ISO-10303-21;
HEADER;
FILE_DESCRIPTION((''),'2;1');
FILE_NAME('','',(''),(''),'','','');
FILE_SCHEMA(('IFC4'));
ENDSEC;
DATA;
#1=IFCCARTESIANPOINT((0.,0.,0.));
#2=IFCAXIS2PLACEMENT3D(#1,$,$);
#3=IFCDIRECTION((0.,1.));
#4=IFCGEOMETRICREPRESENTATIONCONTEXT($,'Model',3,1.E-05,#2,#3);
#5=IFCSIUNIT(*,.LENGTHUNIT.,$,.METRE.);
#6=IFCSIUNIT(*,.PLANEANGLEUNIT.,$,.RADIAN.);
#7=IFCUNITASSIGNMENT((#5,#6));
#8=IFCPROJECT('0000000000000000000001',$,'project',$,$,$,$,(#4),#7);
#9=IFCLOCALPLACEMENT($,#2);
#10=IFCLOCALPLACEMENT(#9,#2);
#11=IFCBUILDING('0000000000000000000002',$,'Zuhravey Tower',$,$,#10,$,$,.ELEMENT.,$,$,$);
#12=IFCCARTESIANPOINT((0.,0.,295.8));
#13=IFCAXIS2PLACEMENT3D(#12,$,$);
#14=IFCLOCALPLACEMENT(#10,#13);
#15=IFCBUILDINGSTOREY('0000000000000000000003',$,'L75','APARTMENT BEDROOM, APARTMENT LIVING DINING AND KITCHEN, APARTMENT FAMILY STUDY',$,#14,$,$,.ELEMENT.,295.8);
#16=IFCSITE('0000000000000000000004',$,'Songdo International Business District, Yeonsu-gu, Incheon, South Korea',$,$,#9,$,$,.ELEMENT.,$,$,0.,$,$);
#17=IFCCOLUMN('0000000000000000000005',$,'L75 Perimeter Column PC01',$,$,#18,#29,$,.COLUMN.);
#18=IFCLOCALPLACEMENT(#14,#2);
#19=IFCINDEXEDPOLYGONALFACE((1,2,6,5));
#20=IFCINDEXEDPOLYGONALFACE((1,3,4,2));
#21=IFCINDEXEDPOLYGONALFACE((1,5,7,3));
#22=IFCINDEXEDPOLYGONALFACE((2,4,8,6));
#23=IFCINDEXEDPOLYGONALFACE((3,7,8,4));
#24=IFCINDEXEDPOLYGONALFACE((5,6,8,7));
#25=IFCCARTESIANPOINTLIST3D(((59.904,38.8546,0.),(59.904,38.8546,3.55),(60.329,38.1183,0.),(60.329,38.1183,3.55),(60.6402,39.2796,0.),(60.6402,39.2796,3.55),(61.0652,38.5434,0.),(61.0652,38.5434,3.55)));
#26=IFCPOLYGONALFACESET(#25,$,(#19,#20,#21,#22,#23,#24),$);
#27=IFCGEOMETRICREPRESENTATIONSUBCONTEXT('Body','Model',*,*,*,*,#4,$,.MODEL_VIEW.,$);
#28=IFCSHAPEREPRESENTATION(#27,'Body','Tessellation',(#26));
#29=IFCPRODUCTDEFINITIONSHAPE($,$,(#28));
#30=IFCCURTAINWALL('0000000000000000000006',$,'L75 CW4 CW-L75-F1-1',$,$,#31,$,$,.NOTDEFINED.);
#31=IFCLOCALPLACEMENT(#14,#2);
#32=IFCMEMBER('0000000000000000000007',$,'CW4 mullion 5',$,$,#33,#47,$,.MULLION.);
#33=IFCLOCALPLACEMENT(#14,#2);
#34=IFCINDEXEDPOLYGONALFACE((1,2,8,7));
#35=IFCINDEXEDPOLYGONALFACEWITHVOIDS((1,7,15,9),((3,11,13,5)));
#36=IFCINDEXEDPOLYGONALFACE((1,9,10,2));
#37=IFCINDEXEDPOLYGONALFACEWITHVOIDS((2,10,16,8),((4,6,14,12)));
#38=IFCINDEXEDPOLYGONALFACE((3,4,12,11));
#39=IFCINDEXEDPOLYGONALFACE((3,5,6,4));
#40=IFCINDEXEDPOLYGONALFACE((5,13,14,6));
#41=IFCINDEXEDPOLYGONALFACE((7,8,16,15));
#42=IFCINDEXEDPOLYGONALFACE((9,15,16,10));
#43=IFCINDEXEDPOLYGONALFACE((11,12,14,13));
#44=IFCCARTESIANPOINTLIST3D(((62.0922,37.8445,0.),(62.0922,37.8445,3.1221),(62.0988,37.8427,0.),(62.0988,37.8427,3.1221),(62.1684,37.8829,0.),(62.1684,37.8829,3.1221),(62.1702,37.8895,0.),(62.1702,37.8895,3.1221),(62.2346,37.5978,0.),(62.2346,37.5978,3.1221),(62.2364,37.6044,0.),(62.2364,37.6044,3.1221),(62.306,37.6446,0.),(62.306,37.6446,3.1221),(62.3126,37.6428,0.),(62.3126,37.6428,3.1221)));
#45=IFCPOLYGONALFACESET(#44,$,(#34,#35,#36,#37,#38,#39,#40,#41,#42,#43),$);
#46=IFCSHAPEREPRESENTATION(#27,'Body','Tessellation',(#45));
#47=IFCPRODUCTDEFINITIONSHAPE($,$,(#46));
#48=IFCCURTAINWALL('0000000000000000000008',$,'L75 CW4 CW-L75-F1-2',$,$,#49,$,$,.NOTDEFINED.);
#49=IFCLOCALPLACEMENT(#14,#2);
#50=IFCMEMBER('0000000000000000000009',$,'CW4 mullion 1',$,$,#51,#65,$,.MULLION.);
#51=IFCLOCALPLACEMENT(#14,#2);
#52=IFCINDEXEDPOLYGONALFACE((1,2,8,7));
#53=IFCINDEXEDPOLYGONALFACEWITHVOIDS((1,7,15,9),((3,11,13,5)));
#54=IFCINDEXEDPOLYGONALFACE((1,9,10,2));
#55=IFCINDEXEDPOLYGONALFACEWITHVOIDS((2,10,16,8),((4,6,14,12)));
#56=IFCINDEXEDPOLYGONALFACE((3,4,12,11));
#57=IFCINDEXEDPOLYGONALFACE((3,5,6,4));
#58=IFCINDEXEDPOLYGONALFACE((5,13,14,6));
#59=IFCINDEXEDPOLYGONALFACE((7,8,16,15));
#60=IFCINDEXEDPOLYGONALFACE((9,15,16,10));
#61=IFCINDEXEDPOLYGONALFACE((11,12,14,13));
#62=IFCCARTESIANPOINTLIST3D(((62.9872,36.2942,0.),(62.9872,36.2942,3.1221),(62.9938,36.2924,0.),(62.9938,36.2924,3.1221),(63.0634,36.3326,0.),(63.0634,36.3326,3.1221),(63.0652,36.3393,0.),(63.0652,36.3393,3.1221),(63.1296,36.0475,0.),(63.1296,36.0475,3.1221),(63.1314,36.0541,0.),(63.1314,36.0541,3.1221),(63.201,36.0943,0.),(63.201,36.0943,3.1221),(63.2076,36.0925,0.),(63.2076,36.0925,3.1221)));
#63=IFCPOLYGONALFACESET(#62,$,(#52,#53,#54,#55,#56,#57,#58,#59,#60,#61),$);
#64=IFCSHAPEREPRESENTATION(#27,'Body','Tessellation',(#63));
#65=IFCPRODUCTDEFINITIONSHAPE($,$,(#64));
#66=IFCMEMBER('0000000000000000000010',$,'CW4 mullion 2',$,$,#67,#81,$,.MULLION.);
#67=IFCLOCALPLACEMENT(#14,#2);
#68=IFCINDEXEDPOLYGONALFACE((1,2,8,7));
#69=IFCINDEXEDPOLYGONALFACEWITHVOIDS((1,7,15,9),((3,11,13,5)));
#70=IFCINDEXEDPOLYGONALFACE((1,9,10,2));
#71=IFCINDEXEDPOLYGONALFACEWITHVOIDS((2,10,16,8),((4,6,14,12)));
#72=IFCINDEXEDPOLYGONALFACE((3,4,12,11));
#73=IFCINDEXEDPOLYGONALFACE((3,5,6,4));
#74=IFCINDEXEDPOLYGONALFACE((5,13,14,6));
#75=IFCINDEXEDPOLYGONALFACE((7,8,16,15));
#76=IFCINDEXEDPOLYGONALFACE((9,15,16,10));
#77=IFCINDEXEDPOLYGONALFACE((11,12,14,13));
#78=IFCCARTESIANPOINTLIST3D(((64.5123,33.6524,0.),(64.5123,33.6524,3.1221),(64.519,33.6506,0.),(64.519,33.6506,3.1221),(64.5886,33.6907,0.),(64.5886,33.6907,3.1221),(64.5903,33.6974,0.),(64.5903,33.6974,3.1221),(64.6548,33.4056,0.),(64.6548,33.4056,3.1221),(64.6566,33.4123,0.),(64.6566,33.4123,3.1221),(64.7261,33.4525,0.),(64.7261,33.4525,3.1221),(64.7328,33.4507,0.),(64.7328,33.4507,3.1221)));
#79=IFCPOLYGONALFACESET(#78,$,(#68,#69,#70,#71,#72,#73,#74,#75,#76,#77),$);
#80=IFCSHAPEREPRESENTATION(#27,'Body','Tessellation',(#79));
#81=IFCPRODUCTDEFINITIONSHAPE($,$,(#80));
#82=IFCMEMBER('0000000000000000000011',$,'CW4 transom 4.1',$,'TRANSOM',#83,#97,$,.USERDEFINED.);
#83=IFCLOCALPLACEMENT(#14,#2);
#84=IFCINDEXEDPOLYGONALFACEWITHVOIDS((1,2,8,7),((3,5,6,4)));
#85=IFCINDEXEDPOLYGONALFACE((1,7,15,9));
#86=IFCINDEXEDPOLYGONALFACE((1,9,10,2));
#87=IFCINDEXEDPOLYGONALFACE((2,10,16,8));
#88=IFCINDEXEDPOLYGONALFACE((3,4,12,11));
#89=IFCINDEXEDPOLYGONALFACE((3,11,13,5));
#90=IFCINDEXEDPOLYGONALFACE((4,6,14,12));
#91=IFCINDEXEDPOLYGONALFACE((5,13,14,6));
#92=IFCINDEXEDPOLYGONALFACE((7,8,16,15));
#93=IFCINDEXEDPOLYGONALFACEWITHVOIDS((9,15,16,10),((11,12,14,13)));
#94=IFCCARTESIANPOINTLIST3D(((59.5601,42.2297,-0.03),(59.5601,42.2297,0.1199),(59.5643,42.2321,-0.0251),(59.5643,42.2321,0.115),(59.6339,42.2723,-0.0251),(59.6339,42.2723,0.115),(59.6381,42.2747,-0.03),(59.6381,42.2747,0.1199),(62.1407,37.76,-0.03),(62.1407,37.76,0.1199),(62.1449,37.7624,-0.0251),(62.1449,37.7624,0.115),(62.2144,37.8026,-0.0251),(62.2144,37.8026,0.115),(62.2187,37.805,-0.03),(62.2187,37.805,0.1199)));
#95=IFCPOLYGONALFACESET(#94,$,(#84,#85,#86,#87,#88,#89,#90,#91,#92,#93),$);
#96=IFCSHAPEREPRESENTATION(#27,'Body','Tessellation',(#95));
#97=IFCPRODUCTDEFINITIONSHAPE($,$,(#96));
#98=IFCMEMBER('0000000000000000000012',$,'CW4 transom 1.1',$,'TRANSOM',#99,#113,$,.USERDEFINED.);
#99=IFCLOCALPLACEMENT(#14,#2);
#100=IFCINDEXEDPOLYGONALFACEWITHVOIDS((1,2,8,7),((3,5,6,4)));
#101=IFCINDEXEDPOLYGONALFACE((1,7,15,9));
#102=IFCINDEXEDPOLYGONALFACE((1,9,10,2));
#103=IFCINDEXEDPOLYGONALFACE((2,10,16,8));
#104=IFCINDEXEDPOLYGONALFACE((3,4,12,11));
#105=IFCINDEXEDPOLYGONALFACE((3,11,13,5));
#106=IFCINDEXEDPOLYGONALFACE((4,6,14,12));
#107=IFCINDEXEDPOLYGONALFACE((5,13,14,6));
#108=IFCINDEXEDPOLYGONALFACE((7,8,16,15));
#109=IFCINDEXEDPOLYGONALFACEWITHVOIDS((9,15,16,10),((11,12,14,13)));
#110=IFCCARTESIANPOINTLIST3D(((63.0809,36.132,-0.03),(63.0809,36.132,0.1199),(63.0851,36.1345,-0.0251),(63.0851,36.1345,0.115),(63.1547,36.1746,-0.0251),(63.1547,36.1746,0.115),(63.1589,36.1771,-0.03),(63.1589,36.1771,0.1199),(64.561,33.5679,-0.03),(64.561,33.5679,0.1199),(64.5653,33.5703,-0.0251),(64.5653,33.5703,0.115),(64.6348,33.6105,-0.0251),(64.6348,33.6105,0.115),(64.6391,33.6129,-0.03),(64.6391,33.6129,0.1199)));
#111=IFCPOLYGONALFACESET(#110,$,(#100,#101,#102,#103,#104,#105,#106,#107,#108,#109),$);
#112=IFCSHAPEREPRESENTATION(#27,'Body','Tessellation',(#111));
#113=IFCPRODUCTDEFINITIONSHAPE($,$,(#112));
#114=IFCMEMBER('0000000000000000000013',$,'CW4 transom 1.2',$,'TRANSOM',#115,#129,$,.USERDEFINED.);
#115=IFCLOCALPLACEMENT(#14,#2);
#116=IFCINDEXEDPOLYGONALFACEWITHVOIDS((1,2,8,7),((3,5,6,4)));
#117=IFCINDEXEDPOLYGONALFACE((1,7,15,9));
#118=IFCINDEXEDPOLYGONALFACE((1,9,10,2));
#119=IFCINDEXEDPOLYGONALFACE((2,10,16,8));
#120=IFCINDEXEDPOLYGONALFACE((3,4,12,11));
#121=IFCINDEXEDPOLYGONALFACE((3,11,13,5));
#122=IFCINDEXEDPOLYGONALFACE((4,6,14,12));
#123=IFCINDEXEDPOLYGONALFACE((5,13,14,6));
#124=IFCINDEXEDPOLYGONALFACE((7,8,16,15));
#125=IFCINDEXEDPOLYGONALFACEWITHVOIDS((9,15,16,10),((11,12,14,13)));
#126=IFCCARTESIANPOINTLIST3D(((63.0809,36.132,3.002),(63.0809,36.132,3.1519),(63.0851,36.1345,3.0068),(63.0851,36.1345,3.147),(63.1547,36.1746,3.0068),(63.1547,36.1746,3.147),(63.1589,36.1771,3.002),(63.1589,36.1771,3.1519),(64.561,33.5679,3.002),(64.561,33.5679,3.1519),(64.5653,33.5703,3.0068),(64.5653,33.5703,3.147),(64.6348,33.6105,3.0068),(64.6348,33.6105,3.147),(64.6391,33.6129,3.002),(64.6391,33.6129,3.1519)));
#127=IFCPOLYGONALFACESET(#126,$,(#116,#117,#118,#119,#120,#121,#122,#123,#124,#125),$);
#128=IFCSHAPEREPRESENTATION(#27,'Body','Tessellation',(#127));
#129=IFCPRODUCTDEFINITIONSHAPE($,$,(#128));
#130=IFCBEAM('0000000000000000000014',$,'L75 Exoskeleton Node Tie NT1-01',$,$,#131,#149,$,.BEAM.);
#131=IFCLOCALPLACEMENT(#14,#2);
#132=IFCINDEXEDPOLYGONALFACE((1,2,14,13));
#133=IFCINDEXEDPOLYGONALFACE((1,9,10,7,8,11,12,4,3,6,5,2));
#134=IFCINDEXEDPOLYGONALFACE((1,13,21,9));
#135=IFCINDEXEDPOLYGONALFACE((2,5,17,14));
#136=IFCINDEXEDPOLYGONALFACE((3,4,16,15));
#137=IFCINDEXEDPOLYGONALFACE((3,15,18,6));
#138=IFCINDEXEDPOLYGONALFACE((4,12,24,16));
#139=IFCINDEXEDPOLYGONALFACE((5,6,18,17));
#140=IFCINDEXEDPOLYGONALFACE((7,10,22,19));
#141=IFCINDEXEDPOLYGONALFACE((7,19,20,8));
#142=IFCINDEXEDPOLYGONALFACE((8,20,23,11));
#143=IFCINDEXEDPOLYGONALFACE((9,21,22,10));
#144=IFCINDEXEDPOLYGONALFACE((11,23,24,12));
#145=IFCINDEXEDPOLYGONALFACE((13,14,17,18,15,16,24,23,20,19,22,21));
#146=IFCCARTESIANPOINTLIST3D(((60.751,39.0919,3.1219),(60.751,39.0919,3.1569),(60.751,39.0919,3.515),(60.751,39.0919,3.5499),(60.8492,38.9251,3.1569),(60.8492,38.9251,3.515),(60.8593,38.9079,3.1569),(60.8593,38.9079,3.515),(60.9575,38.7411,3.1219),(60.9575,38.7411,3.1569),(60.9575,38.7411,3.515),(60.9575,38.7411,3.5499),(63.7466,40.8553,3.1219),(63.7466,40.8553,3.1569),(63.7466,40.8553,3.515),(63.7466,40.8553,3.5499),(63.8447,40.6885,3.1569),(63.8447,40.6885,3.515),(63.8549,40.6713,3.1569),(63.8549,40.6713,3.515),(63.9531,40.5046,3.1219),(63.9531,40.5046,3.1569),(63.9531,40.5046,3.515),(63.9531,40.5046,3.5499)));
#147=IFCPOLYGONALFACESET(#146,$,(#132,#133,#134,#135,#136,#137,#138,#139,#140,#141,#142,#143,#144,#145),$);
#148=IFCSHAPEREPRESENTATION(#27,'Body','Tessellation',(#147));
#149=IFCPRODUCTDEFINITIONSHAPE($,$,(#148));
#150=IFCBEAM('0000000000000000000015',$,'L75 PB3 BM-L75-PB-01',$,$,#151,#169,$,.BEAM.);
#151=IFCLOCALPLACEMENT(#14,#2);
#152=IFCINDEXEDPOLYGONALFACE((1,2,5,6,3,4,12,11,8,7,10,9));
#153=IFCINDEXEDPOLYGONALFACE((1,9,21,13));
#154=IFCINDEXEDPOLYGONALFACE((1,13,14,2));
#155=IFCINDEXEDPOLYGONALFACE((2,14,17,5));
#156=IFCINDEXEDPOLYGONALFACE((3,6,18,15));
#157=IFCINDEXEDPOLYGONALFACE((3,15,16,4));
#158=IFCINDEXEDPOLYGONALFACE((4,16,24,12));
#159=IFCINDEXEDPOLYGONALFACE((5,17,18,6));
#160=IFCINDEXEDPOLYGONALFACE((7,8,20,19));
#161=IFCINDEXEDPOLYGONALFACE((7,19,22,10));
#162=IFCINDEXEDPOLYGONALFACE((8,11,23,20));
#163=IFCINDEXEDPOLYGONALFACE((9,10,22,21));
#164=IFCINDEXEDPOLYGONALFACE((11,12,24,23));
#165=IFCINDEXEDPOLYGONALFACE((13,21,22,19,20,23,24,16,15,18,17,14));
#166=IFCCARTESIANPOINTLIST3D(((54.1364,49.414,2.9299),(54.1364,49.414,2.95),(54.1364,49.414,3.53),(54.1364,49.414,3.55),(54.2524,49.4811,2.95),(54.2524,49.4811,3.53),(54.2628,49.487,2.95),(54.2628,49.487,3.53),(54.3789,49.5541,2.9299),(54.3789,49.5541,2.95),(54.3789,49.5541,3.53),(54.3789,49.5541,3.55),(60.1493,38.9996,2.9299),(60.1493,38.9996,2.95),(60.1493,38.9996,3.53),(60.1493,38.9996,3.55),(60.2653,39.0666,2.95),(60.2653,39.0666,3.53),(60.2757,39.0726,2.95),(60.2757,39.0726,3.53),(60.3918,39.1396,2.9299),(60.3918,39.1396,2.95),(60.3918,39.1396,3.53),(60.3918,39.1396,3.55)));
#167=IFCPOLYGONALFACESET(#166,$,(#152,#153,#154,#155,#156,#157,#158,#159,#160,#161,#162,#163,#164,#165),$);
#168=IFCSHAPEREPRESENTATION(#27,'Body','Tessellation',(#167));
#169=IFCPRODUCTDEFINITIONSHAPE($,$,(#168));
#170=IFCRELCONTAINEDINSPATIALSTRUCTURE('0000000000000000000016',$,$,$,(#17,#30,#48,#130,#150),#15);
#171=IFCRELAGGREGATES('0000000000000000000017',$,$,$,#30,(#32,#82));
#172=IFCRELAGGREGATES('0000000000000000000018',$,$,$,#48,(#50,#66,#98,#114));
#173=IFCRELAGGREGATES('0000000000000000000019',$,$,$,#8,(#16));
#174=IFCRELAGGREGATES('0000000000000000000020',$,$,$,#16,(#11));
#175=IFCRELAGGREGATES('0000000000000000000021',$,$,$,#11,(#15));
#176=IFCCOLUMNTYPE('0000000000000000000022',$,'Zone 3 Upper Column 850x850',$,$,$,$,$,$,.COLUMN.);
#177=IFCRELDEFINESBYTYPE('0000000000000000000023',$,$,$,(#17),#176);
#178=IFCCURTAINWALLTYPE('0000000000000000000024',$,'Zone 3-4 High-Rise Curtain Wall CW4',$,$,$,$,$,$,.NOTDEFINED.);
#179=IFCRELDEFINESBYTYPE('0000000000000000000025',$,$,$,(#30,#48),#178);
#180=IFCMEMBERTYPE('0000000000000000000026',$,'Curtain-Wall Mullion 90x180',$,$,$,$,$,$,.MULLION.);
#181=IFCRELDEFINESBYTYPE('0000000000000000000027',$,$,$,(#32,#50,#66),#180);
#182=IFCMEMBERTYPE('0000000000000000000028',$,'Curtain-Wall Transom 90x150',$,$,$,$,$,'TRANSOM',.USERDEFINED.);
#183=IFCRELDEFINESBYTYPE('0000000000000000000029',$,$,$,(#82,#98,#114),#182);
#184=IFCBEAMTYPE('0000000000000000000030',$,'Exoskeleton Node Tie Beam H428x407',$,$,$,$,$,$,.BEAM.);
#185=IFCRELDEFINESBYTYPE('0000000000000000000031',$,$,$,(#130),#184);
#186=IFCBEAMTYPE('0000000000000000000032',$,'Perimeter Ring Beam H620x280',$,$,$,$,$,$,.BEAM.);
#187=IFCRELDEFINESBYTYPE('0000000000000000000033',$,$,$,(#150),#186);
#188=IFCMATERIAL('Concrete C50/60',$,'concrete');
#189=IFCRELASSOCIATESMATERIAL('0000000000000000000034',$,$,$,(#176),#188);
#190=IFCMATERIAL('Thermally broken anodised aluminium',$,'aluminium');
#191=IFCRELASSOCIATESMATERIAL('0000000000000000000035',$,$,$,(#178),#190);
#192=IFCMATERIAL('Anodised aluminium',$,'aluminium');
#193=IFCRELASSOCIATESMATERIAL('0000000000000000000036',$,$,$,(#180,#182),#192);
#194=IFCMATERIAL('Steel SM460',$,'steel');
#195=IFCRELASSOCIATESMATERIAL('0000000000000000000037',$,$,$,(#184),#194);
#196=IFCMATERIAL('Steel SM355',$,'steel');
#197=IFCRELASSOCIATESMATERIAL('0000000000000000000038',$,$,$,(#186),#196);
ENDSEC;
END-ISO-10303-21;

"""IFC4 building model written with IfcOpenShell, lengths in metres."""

from ifc_helpers import new_model, si_unit, direction, frame, origin, origin_2d, place, context, subcontext, project, spatial, rectangle, hollow_rectangle, i_section, extrude, material, material_profile, profile_set, type_object, element, aggregate, save


model = new_model("IFC4")

# Units and contexts
model_context = context("Model", 3, precision=1e-05, world=origin(), true_north=direction((0.0, 1.0)))
body_context = subcontext(model_context, "Body", "Model", "MODEL_VIEW")
ifc_project = project(units=[si_unit("LENGTHUNIT", "METRE"), si_unit("PLANEANGLEUNIT", "RADIAN")], contexts=[model_context])

# Site, building, storey
site_placement = place(None, origin())
site = spatial("IfcSite", under=ifc_project, at=site_placement, Name="Songdo International Business District, Yeonsu-gu, Incheon, South Korea", CompositionType="ELEMENT", RefElevation=0.0)
building_placement = place(site_placement, origin())
building = spatial("IfcBuilding", under=site, at=building_placement, Name="Zuhravey Tower", CompositionType="ELEMENT")
storey_placement = place(building_placement, frame((0.0, 0.0, 295.8)))
storey = spatial("IfcBuildingStorey", under=building, at=storey_placement, Name="L75", Description="APARTMENT BEDROOM, APARTMENT LIVING DINING AND KITCHEN, APARTMENT FAMILY STUDY", CompositionType="ELEMENT", Elevation=295.8)

# Column
ifc_material_1 = material(Name="Concrete C50/60", Category="concrete")
ifc_material_profile_1 = material_profile(ifc_material_1, rectangle(XDim=0.8501, YDim=0.8501, at=origin_2d()), Name="RC-850x850")
ifc_profile_set_1 = profile_set([ifc_material_profile_1], Name="Concrete C50/60")
column_type = type_object("IfcColumnType", Name="Zone 3 Upper Column 850x850", PredefinedType="COLUMN", material=ifc_profile_set_1)
column_placement = place(storey_placement, frame((60.4846, 38.699, 0.0), z_axis=(0.0, 0.0, 1.0), x_axis=(-0.5, 0.866025, 0.0)))
element("IfcColumn", 1, at=column_placement, inside=storey, type_object=column_type, Name="L75 Perimeter Column PC01", PredefinedType="COLUMN", context=body_context, shape_type="SweptSolid", body=[
    extrude(rectangle(XDim=0.8501, YDim=0.8501, at=origin_2d()), origin(), (0.0, 0.0, 1.0), 3.55),
])

# Curtain wall, member
ifc_material_2 = material(Name="Thermally broken anodised aluminium", Category="aluminium")
curtain_wall_type = type_object("IfcCurtainWallType", Name="Zone 3-4 High-Rise Curtain Wall CW4", PredefinedType="NOTDEFINED", material=ifc_material_2)
curtain_wall_1_placement = place(storey_placement, origin())
curtain_wall_1 = element("IfcCurtainWall", 2, at=curtain_wall_1_placement, inside=storey, type_object=curtain_wall_type, Name="L75 CW4 CW-L75-F1-1", PredefinedType="NOTDEFINED")
ifc_material_3 = material(Name="Anodised aluminium", Category="aluminium")
ifc_material_profile_2 = material_profile(ifc_material_3, hollow_rectangle(XDim=0.0901, YDim=0.2849, WallThickness=0.0049, at=origin_2d()), Name="ALU-RHS-90x285x5")
ifc_profile_set_2 = profile_set([ifc_material_profile_2], Name="Anodised aluminium")
member_type_1 = type_object("IfcMemberType", Name="Curtain-Wall Mullion 90x180", PredefinedType="MULLION", material=ifc_profile_set_2)
member_1_placement = place(storey_placement, frame((62.2024, 37.7437, 0.0), z_axis=(0.0, 0.0, 1.0), x_axis=(0.866025, 0.500002, 0.0)))
member_1 = element("IfcMember", 3, at=member_1_placement, type_object=member_type_1, Name="CW4 mullion 5", PredefinedType="MULLION", context=body_context, shape_type="SweptSolid", body=[
    extrude(hollow_rectangle(XDim=0.0901, YDim=0.2849, WallThickness=0.0049, at=origin_2d()), origin(), (0.0, 0.0, 1.0), 3.1221),
])

# Curtain wall, members
curtain_wall_2_placement = place(storey_placement, origin())
curtain_wall_2 = element("IfcCurtainWall", 4, at=curtain_wall_2_placement, inside=storey, type_object=curtain_wall_type, Name="L75 CW4 CW-L75-F1-2", PredefinedType="NOTDEFINED")
member_2_placement = place(storey_placement, frame((63.0974, 36.1934, 0.0), z_axis=(0.0, 0.0, 1.0), x_axis=(0.86603, 0.499992, 0.0)))
member_2 = element("IfcMember", 5, at=member_2_placement, type_object=member_type_1, Name="CW4 mullion 1", PredefinedType="MULLION", context=body_context, shape_type="SweptSolid", body=[
    extrude(hollow_rectangle(XDim=0.0901, YDim=0.2849, WallThickness=0.0049, at=origin_2d()), origin(), (0.0, 0.0, 1.0), 3.1221),
])
member_3_placement = place(storey_placement, frame((64.6226, 33.5515, 0.0), z_axis=(0.0, 0.0, 1.0), x_axis=(0.86603, 0.499992, 0.0)))
member_3 = element("IfcMember", 6, at=member_3_placement, type_object=member_type_1, Name="CW4 mullion 2", PredefinedType="MULLION", context=body_context, shape_type="SweptSolid", body=[
    extrude(hollow_rectangle(XDim=0.0901, YDim=0.2849, WallThickness=0.0049, at=origin_2d()), origin(), (0.0, 0.0, 1.0), 3.1221),
])

# Members
ifc_material_profile_3 = material_profile(ifc_material_3, hollow_rectangle(XDim=0.0901, YDim=0.1499, WallThickness=0.0049, at=origin_2d()), Name="ALU-RHS-90x150x5")
ifc_profile_set_3 = profile_set([ifc_material_profile_3], Name="Anodised aluminium")
member_type_2 = type_object("IfcMemberType", Name="Curtain-Wall Transom 90x150", ElementType="TRANSOM", PredefinedType="USERDEFINED", material=ifc_profile_set_3)
member_4_placement = place(storey_placement, frame((59.5991, 42.2522, 0.0449), z_axis=(0.499995, -0.866028, 0.0), x_axis=(0.866028, 0.499995, 0.0)))
member_4 = element("IfcMember", 7, at=member_4_placement, type_object=member_type_2, Name="CW4 transom 4.1", ObjectType="TRANSOM", PredefinedType="USERDEFINED", context=body_context, shape_type="SweptSolid", body=[
    extrude(hollow_rectangle(XDim=0.0901, YDim=0.1499, WallThickness=0.0049, at=origin_2d()), origin(), (0.0, 0.0, 1.0), 5.1611),
])
member_5_placement = place(storey_placement, frame((63.1199, 36.1545, 0.0449), z_axis=(0.499944, -0.866058, 0.0), x_axis=(0.866058, 0.499944, 0.0)))
member_5 = element("IfcMember", 8, at=member_5_placement, type_object=member_type_2, Name="CW4 transom 1.1", ObjectType="TRANSOM", PredefinedType="USERDEFINED", context=body_context, shape_type="SweptSolid", body=[
    extrude(hollow_rectangle(XDim=0.0901, YDim=0.1499, WallThickness=0.0049, at=origin_2d()), origin(), (0.0, 0.0, 1.0), 2.9607),
])
member_6_placement = place(storey_placement, frame((63.1199, 36.1545, 3.0769), z_axis=(0.499944, -0.866058, 0.0), x_axis=(0.866058, 0.499944, 0.0)))
member_6 = element("IfcMember", 9, at=member_6_placement, type_object=member_type_2, Name="CW4 transom 1.2", ObjectType="TRANSOM", PredefinedType="USERDEFINED", context=body_context, shape_type="SweptSolid", body=[
    extrude(hollow_rectangle(XDim=0.0901, YDim=0.1499, WallThickness=0.0049, at=origin_2d()), origin(), (0.0, 0.0, 1.0), 2.9607),
])

# Beams
ifc_material_4 = material(Name="Steel SM460", Category="steel")
ifc_material_profile_4 = material_profile(ifc_material_4, i_section(OverallWidth=0.407, OverallDepth=0.428, WebThickness=0.02, FlangeThickness=0.0349, at=origin_2d()), Name="H-428x407x20x35")
ifc_profile_set_4 = profile_set([ifc_material_profile_4], Name="Steel SM460")
beam_type_1 = type_object("IfcBeamType", Name="Exoskeleton Node Tie Beam H428x407", PredefinedType="BEAM", material=ifc_profile_set_4)
beam_1_placement = place(storey_placement, frame((60.8542, 38.9165, 3.3359), z_axis=(0.86177, 0.507299, 0.0), x_axis=(-0.507299, 0.86177, 0.0)))
element("IfcBeam", 10, at=beam_1_placement, inside=storey, type_object=beam_type_1, Name="L75 Exoskeleton Node Tie NT1-01", PredefinedType="BEAM", context=body_context, shape_type="SweptSolid", body=[
    extrude(i_section(OverallWidth=0.407, OverallDepth=0.428, WebThickness=0.02, FlangeThickness=0.0349, at=origin_2d()), origin(), (0.0, 0.0, 1.0), 3.4761),
])
ifc_material_5 = material(Name="Steel SM355", Category="steel")
ifc_material_profile_5 = material_profile(ifc_material_5, i_section(OverallWidth=0.28, OverallDepth=0.6201, WebThickness=0.012, FlangeThickness=0.02, at=origin_2d()), Name="H-620x280x12x20")
ifc_profile_set_5 = profile_set([ifc_material_profile_5], Name="Steel SM355")
beam_type_2 = type_object("IfcBeamType", Name="Perimeter Ring Beam H620x280", PredefinedType="BEAM", material=ifc_profile_set_5)
beam_2_placement = place(storey_placement, frame((60.2705, 39.0696, 3.24), z_axis=(-0.500006, 0.866022, 0.0), x_axis=(-0.866022, -0.500006, 0.0)))
element("IfcBeam", 11, at=beam_2_placement, inside=storey, type_object=beam_type_2, Name="L75 PB3 BM-L75-PB-01", PredefinedType="BEAM", context=body_context, shape_type="SweptSolid", body=[
    extrude(i_section(OverallWidth=0.28, OverallDepth=0.6201, WebThickness=0.012, FlangeThickness=0.02, at=origin_2d()), origin(), (0.0, 0.0, 1.0), 12.0256),
])

aggregate(curtain_wall_1, [member_1, member_4])
aggregate(curtain_wall_2, [member_2, member_3, member_5, member_6])

save(model, "model.ifc")
